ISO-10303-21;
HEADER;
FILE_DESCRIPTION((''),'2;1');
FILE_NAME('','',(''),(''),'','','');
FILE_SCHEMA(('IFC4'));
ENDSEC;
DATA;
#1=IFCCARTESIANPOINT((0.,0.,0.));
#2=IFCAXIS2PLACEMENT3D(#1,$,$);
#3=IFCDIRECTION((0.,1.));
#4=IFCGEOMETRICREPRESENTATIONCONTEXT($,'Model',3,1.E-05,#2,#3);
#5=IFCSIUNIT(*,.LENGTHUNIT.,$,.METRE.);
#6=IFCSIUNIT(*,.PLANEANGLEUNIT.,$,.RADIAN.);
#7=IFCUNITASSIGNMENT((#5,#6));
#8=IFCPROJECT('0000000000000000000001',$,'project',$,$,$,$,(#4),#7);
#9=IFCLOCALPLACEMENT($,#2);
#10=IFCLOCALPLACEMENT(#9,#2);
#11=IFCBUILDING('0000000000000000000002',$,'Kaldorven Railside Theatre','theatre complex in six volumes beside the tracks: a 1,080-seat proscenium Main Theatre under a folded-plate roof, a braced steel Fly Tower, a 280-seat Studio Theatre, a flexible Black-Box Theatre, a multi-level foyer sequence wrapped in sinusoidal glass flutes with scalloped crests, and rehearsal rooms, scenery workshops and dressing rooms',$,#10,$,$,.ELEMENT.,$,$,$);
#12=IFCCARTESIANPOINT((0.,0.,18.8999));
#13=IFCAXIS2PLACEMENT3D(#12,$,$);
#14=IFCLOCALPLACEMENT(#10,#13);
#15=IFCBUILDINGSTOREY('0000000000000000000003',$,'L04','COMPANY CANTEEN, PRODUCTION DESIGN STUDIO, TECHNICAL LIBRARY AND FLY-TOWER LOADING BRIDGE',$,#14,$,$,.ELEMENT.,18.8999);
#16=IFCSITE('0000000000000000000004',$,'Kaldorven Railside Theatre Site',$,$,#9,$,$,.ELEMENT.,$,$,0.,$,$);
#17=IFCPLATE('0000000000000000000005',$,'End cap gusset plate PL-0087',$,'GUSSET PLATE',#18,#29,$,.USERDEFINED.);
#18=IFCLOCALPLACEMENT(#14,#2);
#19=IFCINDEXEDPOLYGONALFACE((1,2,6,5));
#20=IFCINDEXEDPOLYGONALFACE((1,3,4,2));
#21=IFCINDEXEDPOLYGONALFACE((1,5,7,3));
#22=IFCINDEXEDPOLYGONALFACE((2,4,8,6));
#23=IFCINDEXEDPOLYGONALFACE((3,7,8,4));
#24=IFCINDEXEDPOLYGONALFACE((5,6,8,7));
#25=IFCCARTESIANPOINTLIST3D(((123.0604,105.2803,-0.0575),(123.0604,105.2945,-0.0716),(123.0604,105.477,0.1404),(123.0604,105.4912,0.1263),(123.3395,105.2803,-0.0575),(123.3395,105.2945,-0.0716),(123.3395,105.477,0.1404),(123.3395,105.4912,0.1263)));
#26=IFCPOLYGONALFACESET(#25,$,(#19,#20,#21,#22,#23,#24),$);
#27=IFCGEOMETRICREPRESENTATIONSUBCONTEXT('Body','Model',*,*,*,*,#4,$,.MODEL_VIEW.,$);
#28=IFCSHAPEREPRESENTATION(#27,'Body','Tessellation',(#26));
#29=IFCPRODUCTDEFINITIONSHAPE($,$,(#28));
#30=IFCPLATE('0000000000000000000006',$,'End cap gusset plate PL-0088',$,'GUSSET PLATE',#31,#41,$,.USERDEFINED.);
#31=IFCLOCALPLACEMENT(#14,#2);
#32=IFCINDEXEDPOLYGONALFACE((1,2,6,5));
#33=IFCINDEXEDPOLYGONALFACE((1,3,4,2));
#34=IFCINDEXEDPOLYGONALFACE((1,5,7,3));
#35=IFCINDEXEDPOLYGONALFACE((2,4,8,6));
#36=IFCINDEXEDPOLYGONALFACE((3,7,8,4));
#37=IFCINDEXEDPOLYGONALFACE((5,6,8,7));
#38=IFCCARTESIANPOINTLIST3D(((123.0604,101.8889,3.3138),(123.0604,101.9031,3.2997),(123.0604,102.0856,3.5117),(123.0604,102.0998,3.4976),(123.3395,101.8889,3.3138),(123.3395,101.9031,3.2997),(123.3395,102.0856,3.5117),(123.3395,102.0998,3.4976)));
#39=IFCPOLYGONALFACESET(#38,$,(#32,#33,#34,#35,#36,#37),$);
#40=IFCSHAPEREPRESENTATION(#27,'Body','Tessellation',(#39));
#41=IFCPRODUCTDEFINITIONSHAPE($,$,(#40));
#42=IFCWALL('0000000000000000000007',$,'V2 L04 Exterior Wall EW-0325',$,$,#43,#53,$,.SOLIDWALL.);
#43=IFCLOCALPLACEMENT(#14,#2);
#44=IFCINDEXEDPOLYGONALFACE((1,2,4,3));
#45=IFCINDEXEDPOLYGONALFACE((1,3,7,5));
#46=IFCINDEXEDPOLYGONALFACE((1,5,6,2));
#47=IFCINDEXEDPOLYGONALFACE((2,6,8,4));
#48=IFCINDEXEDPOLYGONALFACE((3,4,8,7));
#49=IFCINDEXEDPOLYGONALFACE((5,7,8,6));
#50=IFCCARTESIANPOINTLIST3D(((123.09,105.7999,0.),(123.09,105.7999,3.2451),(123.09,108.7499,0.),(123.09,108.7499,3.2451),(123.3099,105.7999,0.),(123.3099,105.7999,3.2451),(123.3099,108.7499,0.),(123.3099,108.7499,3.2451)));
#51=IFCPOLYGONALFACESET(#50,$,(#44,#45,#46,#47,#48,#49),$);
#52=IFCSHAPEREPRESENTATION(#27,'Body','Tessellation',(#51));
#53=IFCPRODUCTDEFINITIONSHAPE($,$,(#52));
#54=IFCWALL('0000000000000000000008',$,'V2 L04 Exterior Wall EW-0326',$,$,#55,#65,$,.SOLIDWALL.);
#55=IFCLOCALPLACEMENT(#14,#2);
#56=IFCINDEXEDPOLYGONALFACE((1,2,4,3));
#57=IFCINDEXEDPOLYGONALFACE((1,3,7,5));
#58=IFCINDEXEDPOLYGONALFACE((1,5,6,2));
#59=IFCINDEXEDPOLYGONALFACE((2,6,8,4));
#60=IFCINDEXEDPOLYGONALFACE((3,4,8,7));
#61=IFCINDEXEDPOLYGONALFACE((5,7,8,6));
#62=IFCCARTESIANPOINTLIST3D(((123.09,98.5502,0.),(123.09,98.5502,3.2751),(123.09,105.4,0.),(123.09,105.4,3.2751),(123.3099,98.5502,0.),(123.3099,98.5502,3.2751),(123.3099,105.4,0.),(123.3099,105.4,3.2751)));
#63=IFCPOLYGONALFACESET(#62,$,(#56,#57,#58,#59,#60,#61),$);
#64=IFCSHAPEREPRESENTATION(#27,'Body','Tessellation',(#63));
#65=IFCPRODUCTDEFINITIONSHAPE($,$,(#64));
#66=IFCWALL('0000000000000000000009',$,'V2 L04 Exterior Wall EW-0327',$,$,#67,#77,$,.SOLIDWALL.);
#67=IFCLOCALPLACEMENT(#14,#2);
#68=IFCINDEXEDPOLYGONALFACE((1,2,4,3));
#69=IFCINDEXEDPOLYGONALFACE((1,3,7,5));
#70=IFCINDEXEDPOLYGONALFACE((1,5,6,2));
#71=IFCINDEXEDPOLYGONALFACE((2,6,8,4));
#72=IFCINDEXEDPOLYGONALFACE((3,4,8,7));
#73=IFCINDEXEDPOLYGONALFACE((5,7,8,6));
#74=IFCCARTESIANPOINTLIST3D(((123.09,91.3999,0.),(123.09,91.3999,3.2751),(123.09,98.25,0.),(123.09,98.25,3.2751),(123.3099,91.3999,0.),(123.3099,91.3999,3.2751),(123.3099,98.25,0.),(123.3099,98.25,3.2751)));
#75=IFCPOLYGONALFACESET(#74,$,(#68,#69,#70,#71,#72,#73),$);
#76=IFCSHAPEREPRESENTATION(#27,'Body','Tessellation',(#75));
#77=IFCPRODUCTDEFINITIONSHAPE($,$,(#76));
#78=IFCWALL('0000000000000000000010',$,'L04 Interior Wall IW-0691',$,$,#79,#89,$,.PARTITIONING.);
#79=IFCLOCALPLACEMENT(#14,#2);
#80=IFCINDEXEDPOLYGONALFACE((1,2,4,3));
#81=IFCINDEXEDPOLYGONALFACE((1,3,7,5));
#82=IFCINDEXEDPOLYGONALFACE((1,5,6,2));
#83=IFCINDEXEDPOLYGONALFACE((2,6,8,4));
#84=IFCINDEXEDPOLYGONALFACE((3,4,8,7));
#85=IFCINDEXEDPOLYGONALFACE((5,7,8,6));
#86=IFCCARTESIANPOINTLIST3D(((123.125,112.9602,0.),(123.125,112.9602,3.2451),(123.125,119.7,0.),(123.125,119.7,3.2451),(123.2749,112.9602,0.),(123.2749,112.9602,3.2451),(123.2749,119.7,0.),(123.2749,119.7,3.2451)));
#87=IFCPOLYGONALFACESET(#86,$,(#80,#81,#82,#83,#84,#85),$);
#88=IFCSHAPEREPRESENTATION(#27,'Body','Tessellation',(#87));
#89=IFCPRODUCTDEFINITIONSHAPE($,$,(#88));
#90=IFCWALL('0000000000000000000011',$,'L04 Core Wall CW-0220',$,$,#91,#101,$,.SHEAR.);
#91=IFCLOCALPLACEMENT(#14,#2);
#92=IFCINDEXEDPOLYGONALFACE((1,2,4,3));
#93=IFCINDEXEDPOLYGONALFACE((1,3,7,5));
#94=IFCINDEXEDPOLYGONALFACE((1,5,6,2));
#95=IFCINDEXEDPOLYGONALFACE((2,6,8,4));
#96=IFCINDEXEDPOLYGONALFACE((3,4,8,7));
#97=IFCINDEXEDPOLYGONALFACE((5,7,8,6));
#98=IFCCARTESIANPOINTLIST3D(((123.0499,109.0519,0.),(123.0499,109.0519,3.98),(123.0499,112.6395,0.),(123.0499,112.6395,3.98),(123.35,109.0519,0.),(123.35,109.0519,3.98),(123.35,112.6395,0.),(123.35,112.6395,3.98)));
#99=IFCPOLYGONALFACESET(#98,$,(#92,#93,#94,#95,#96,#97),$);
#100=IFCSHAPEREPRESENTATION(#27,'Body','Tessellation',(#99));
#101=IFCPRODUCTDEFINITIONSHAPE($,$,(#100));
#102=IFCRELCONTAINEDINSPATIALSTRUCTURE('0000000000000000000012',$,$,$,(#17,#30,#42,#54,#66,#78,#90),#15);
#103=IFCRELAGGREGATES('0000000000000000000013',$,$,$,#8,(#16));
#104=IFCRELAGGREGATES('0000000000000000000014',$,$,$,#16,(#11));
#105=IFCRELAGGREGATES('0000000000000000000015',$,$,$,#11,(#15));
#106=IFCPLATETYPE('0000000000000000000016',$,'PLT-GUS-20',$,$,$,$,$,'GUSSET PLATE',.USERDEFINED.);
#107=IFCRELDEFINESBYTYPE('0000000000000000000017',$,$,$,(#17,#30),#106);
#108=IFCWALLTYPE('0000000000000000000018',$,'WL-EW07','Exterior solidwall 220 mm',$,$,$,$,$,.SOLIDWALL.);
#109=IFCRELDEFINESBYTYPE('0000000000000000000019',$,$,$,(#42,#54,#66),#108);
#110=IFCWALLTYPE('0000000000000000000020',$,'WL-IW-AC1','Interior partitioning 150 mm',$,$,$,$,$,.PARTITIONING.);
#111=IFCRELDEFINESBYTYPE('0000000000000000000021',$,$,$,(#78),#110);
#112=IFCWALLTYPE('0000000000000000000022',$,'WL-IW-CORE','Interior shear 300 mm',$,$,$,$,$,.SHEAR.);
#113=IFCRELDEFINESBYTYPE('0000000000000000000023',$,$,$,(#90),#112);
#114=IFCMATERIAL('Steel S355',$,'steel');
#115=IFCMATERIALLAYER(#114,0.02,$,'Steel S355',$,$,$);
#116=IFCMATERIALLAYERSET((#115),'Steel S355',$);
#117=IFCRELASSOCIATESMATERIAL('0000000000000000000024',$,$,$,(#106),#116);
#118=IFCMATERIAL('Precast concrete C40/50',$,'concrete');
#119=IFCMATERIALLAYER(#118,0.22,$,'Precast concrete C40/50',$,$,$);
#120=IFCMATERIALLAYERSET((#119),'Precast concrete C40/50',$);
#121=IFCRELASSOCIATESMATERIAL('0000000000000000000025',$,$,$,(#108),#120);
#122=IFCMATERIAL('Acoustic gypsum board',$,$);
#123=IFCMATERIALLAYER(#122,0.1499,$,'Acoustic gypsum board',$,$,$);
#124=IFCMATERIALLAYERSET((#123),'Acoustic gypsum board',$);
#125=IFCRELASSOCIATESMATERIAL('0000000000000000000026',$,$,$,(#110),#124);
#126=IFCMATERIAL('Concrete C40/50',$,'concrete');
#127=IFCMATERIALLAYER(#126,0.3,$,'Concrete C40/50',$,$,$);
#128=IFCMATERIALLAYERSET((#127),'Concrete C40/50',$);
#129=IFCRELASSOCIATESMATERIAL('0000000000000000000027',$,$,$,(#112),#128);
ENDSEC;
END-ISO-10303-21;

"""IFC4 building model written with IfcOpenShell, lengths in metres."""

from ifc_helpers import new_model, si_unit, direction, frame, frame_2d, origin, origin_2d, place, context, subcontext, project, spatial, rectangle, extrude, material, layer, layer_set, type_object, element, save


model = new_model("IFC4")

# Units and contexts
model_context = context("Model", 3, precision=1e-05, world=origin(), true_north=direction((0.0, 1.0)))
body_context = subcontext(model_context, "Body", "Model", "MODEL_VIEW")
ifc_project = project(units=[si_unit("LENGTHUNIT", "METRE"), si_unit("PLANEANGLEUNIT", "RADIAN")], contexts=[model_context])

# Site, building, storey
site_placement = place(None, origin())
site = spatial("IfcSite", under=ifc_project, at=site_placement, Name="Kaldorven Railside Theatre Site", CompositionType="ELEMENT", RefElevation=0.0)
building_placement = place(site_placement, origin())
building = spatial("IfcBuilding", under=site, at=building_placement, Name="Kaldorven Railside Theatre", Description="theatre complex in six volumes beside the tracks: a 1,080-seat proscenium Main Theatre under a folded-plate roof, a braced steel Fly Tower, a 280-seat Studio Theatre, a flexible Black-Box Theatre, a multi-level foyer sequence wrapped in sinusoidal glass flutes with scalloped crests, and rehearsal rooms, scenery workshops and dressing rooms", CompositionType="ELEMENT")
storey_placement = place(building_placement, frame((0.0, 0.0, 18.8999)))
storey = spatial("IfcBuildingStorey", under=building, at=storey_placement, Name="L04", Description="COMPANY CANTEEN, PRODUCTION DESIGN STUDIO, TECHNICAL LIBRARY AND FLY-TOWER LOADING BRIDGE", CompositionType="ELEMENT", Elevation=18.8999)

# Shared definitions
ifc_material_1 = material(Name="Steel S355", Category="steel")
ifc_material_2 = material(Name="Concrete C40/50", Category="concrete")

# Plates
ifc_layer_1 = layer(ifc_material_1, 0.02, Name="Steel S355")
ifc_layer_set_1 = layer_set([ifc_layer_1], Name="Steel S355")
plate_type = type_object("IfcPlateType", Name="PLT-GUS-20", ElementType="GUSSET PLATE", PredefinedType="USERDEFINED", material=ifc_layer_set_1)
for number, where, z_axis, x_axis, name in (
    (1, (123.2, 105.3928, 0.0273), (0.0, -0.709202, 0.705006), (1.0, 0.0, 0.0), "End cap gusset plate PL-0087"),
    (2, (123.2, 102.0015, 3.3987), (0.0, -0.709202, 0.705006), (1.0, 0.0, 0.0), "End cap gusset plate PL-0088"),
):
    element("IfcPlate", number, at=place(storey_placement, frame(where, z_axis=z_axis, x_axis=x_axis)), inside=storey, type_object=plate_type, Name=name, ObjectType="GUSSET PLATE", PredefinedType="USERDEFINED", context=body_context, shape_type="SweptSolid", body=[
        extrude(rectangle(XDim=0.2791, YDim=0.2791, at=origin_2d()), origin(), (0.0, 0.0, 1.0), 0.02),
    ])

# Walls
ifc_material_3 = material(Name="Precast concrete C40/50", Category="concrete")
ifc_layer_2 = layer(ifc_material_3, 0.22, Name="Precast concrete C40/50")
ifc_layer_set_2 = layer_set([ifc_layer_2], Name="Precast concrete C40/50")
wall_type_1 = type_object("IfcWallType", Name="WL-EW07", Description="Exterior solidwall 220 mm", PredefinedType="SOLIDWALL", material=ifc_layer_set_2)
wall_1_placement = place(storey_placement, frame((123.2, 108.75, 0.0), z_axis=(0.0, 0.0, 1.0), x_axis=(0.0, -1.0, 0.0)))
element("IfcWall", 3, at=wall_1_placement, inside=storey, type_object=wall_type_1, Name="V2 L04 Exterior Wall EW-0325", PredefinedType="SOLIDWALL", context=body_context, shape_type="SweptSolid", body=[
    extrude(rectangle(XDim=2.95, YDim=0.22, at=frame_2d((1.4751, 0.0))), origin(), (0.0, 0.0, 1.0), 3.2451),
])
wall_2_placement = place(storey_placement, frame((123.2, 105.3999, 0.0), z_axis=(0.0, 0.0, 1.0), x_axis=(0.0, -1.0, 0.0)))
element("IfcWall", 4, at=wall_2_placement, inside=storey, type_object=wall_type_1, Name="V2 L04 Exterior Wall EW-0326", PredefinedType="SOLIDWALL", context=body_context, shape_type="SweptSolid", body=[
    extrude(rectangle(XDim=6.8499, YDim=0.22, at=frame_2d((3.4248, 0.0))), origin(), (0.0, 0.0, 1.0), 3.2751),
])
wall_3_placement = place(storey_placement, frame((123.2, 98.25, 0.0), z_axis=(0.0, 0.0, 1.0), x_axis=(0.0, -1.0, 0.0)))
element("IfcWall", 5, at=wall_3_placement, inside=storey, type_object=wall_type_1, Name="V2 L04 Exterior Wall EW-0327", PredefinedType="SOLIDWALL", context=body_context, shape_type="SweptSolid", body=[
    extrude(rectangle(XDim=6.8501, YDim=0.22, at=frame_2d((3.425, 0.0))), origin(), (0.0, 0.0, 1.0), 3.2751),
])
ifc_material_4 = material(Name="Acoustic gypsum board")
ifc_layer_3 = layer(ifc_material_4, 0.1499, Name="Acoustic gypsum board")
ifc_layer_set_3 = layer_set([ifc_layer_3], Name="Acoustic gypsum board")
wall_type_2 = type_object("IfcWallType", Name="WL-IW-AC1", Description="Interior partitioning 150 mm", PredefinedType="PARTITIONING", material=ifc_layer_set_3)
wall_4_placement = place(storey_placement, frame((123.2, 119.7, 0.0), z_axis=(0.0, 0.0, 1.0), x_axis=(0.0, -1.0, 0.0)))
element("IfcWall", 6, at=wall_4_placement, inside=storey, type_object=wall_type_2, Name="L04 Interior Wall IW-0691", PredefinedType="PARTITIONING", context=body_context, shape_type="SweptSolid", body=[
    extrude(rectangle(XDim=6.7397, YDim=0.1499, at=frame_2d((3.3699, 0.0))), origin(), (0.0, 0.0, 1.0), 3.2451),
])
ifc_layer_4 = layer(ifc_material_2, 0.3, Name="Concrete C40/50")
ifc_layer_set_4 = layer_set([ifc_layer_4], Name="Concrete C40/50")
wall_type_3 = type_object("IfcWallType", Name="WL-IW-CORE", Description="Interior shear 300 mm", PredefinedType="SHEAR", material=ifc_layer_set_4)
wall_5_placement = place(storey_placement, frame((123.2, 112.6396, 0.0), z_axis=(0.0, 0.0, 1.0), x_axis=(0.0, -1.0, 0.0)))
element("IfcWall", 7, at=wall_5_placement, inside=storey, type_object=wall_type_3, Name="L04 Core Wall CW-0220", PredefinedType="SHEAR", context=body_context, shape_type="SweptSolid", body=[
    extrude(rectangle(XDim=3.5876, YDim=0.3, at=frame_2d((1.7939, 0.0))), origin(), (0.0, 0.0, 1.0), 3.98),
])

save(model, "model.ifc")
